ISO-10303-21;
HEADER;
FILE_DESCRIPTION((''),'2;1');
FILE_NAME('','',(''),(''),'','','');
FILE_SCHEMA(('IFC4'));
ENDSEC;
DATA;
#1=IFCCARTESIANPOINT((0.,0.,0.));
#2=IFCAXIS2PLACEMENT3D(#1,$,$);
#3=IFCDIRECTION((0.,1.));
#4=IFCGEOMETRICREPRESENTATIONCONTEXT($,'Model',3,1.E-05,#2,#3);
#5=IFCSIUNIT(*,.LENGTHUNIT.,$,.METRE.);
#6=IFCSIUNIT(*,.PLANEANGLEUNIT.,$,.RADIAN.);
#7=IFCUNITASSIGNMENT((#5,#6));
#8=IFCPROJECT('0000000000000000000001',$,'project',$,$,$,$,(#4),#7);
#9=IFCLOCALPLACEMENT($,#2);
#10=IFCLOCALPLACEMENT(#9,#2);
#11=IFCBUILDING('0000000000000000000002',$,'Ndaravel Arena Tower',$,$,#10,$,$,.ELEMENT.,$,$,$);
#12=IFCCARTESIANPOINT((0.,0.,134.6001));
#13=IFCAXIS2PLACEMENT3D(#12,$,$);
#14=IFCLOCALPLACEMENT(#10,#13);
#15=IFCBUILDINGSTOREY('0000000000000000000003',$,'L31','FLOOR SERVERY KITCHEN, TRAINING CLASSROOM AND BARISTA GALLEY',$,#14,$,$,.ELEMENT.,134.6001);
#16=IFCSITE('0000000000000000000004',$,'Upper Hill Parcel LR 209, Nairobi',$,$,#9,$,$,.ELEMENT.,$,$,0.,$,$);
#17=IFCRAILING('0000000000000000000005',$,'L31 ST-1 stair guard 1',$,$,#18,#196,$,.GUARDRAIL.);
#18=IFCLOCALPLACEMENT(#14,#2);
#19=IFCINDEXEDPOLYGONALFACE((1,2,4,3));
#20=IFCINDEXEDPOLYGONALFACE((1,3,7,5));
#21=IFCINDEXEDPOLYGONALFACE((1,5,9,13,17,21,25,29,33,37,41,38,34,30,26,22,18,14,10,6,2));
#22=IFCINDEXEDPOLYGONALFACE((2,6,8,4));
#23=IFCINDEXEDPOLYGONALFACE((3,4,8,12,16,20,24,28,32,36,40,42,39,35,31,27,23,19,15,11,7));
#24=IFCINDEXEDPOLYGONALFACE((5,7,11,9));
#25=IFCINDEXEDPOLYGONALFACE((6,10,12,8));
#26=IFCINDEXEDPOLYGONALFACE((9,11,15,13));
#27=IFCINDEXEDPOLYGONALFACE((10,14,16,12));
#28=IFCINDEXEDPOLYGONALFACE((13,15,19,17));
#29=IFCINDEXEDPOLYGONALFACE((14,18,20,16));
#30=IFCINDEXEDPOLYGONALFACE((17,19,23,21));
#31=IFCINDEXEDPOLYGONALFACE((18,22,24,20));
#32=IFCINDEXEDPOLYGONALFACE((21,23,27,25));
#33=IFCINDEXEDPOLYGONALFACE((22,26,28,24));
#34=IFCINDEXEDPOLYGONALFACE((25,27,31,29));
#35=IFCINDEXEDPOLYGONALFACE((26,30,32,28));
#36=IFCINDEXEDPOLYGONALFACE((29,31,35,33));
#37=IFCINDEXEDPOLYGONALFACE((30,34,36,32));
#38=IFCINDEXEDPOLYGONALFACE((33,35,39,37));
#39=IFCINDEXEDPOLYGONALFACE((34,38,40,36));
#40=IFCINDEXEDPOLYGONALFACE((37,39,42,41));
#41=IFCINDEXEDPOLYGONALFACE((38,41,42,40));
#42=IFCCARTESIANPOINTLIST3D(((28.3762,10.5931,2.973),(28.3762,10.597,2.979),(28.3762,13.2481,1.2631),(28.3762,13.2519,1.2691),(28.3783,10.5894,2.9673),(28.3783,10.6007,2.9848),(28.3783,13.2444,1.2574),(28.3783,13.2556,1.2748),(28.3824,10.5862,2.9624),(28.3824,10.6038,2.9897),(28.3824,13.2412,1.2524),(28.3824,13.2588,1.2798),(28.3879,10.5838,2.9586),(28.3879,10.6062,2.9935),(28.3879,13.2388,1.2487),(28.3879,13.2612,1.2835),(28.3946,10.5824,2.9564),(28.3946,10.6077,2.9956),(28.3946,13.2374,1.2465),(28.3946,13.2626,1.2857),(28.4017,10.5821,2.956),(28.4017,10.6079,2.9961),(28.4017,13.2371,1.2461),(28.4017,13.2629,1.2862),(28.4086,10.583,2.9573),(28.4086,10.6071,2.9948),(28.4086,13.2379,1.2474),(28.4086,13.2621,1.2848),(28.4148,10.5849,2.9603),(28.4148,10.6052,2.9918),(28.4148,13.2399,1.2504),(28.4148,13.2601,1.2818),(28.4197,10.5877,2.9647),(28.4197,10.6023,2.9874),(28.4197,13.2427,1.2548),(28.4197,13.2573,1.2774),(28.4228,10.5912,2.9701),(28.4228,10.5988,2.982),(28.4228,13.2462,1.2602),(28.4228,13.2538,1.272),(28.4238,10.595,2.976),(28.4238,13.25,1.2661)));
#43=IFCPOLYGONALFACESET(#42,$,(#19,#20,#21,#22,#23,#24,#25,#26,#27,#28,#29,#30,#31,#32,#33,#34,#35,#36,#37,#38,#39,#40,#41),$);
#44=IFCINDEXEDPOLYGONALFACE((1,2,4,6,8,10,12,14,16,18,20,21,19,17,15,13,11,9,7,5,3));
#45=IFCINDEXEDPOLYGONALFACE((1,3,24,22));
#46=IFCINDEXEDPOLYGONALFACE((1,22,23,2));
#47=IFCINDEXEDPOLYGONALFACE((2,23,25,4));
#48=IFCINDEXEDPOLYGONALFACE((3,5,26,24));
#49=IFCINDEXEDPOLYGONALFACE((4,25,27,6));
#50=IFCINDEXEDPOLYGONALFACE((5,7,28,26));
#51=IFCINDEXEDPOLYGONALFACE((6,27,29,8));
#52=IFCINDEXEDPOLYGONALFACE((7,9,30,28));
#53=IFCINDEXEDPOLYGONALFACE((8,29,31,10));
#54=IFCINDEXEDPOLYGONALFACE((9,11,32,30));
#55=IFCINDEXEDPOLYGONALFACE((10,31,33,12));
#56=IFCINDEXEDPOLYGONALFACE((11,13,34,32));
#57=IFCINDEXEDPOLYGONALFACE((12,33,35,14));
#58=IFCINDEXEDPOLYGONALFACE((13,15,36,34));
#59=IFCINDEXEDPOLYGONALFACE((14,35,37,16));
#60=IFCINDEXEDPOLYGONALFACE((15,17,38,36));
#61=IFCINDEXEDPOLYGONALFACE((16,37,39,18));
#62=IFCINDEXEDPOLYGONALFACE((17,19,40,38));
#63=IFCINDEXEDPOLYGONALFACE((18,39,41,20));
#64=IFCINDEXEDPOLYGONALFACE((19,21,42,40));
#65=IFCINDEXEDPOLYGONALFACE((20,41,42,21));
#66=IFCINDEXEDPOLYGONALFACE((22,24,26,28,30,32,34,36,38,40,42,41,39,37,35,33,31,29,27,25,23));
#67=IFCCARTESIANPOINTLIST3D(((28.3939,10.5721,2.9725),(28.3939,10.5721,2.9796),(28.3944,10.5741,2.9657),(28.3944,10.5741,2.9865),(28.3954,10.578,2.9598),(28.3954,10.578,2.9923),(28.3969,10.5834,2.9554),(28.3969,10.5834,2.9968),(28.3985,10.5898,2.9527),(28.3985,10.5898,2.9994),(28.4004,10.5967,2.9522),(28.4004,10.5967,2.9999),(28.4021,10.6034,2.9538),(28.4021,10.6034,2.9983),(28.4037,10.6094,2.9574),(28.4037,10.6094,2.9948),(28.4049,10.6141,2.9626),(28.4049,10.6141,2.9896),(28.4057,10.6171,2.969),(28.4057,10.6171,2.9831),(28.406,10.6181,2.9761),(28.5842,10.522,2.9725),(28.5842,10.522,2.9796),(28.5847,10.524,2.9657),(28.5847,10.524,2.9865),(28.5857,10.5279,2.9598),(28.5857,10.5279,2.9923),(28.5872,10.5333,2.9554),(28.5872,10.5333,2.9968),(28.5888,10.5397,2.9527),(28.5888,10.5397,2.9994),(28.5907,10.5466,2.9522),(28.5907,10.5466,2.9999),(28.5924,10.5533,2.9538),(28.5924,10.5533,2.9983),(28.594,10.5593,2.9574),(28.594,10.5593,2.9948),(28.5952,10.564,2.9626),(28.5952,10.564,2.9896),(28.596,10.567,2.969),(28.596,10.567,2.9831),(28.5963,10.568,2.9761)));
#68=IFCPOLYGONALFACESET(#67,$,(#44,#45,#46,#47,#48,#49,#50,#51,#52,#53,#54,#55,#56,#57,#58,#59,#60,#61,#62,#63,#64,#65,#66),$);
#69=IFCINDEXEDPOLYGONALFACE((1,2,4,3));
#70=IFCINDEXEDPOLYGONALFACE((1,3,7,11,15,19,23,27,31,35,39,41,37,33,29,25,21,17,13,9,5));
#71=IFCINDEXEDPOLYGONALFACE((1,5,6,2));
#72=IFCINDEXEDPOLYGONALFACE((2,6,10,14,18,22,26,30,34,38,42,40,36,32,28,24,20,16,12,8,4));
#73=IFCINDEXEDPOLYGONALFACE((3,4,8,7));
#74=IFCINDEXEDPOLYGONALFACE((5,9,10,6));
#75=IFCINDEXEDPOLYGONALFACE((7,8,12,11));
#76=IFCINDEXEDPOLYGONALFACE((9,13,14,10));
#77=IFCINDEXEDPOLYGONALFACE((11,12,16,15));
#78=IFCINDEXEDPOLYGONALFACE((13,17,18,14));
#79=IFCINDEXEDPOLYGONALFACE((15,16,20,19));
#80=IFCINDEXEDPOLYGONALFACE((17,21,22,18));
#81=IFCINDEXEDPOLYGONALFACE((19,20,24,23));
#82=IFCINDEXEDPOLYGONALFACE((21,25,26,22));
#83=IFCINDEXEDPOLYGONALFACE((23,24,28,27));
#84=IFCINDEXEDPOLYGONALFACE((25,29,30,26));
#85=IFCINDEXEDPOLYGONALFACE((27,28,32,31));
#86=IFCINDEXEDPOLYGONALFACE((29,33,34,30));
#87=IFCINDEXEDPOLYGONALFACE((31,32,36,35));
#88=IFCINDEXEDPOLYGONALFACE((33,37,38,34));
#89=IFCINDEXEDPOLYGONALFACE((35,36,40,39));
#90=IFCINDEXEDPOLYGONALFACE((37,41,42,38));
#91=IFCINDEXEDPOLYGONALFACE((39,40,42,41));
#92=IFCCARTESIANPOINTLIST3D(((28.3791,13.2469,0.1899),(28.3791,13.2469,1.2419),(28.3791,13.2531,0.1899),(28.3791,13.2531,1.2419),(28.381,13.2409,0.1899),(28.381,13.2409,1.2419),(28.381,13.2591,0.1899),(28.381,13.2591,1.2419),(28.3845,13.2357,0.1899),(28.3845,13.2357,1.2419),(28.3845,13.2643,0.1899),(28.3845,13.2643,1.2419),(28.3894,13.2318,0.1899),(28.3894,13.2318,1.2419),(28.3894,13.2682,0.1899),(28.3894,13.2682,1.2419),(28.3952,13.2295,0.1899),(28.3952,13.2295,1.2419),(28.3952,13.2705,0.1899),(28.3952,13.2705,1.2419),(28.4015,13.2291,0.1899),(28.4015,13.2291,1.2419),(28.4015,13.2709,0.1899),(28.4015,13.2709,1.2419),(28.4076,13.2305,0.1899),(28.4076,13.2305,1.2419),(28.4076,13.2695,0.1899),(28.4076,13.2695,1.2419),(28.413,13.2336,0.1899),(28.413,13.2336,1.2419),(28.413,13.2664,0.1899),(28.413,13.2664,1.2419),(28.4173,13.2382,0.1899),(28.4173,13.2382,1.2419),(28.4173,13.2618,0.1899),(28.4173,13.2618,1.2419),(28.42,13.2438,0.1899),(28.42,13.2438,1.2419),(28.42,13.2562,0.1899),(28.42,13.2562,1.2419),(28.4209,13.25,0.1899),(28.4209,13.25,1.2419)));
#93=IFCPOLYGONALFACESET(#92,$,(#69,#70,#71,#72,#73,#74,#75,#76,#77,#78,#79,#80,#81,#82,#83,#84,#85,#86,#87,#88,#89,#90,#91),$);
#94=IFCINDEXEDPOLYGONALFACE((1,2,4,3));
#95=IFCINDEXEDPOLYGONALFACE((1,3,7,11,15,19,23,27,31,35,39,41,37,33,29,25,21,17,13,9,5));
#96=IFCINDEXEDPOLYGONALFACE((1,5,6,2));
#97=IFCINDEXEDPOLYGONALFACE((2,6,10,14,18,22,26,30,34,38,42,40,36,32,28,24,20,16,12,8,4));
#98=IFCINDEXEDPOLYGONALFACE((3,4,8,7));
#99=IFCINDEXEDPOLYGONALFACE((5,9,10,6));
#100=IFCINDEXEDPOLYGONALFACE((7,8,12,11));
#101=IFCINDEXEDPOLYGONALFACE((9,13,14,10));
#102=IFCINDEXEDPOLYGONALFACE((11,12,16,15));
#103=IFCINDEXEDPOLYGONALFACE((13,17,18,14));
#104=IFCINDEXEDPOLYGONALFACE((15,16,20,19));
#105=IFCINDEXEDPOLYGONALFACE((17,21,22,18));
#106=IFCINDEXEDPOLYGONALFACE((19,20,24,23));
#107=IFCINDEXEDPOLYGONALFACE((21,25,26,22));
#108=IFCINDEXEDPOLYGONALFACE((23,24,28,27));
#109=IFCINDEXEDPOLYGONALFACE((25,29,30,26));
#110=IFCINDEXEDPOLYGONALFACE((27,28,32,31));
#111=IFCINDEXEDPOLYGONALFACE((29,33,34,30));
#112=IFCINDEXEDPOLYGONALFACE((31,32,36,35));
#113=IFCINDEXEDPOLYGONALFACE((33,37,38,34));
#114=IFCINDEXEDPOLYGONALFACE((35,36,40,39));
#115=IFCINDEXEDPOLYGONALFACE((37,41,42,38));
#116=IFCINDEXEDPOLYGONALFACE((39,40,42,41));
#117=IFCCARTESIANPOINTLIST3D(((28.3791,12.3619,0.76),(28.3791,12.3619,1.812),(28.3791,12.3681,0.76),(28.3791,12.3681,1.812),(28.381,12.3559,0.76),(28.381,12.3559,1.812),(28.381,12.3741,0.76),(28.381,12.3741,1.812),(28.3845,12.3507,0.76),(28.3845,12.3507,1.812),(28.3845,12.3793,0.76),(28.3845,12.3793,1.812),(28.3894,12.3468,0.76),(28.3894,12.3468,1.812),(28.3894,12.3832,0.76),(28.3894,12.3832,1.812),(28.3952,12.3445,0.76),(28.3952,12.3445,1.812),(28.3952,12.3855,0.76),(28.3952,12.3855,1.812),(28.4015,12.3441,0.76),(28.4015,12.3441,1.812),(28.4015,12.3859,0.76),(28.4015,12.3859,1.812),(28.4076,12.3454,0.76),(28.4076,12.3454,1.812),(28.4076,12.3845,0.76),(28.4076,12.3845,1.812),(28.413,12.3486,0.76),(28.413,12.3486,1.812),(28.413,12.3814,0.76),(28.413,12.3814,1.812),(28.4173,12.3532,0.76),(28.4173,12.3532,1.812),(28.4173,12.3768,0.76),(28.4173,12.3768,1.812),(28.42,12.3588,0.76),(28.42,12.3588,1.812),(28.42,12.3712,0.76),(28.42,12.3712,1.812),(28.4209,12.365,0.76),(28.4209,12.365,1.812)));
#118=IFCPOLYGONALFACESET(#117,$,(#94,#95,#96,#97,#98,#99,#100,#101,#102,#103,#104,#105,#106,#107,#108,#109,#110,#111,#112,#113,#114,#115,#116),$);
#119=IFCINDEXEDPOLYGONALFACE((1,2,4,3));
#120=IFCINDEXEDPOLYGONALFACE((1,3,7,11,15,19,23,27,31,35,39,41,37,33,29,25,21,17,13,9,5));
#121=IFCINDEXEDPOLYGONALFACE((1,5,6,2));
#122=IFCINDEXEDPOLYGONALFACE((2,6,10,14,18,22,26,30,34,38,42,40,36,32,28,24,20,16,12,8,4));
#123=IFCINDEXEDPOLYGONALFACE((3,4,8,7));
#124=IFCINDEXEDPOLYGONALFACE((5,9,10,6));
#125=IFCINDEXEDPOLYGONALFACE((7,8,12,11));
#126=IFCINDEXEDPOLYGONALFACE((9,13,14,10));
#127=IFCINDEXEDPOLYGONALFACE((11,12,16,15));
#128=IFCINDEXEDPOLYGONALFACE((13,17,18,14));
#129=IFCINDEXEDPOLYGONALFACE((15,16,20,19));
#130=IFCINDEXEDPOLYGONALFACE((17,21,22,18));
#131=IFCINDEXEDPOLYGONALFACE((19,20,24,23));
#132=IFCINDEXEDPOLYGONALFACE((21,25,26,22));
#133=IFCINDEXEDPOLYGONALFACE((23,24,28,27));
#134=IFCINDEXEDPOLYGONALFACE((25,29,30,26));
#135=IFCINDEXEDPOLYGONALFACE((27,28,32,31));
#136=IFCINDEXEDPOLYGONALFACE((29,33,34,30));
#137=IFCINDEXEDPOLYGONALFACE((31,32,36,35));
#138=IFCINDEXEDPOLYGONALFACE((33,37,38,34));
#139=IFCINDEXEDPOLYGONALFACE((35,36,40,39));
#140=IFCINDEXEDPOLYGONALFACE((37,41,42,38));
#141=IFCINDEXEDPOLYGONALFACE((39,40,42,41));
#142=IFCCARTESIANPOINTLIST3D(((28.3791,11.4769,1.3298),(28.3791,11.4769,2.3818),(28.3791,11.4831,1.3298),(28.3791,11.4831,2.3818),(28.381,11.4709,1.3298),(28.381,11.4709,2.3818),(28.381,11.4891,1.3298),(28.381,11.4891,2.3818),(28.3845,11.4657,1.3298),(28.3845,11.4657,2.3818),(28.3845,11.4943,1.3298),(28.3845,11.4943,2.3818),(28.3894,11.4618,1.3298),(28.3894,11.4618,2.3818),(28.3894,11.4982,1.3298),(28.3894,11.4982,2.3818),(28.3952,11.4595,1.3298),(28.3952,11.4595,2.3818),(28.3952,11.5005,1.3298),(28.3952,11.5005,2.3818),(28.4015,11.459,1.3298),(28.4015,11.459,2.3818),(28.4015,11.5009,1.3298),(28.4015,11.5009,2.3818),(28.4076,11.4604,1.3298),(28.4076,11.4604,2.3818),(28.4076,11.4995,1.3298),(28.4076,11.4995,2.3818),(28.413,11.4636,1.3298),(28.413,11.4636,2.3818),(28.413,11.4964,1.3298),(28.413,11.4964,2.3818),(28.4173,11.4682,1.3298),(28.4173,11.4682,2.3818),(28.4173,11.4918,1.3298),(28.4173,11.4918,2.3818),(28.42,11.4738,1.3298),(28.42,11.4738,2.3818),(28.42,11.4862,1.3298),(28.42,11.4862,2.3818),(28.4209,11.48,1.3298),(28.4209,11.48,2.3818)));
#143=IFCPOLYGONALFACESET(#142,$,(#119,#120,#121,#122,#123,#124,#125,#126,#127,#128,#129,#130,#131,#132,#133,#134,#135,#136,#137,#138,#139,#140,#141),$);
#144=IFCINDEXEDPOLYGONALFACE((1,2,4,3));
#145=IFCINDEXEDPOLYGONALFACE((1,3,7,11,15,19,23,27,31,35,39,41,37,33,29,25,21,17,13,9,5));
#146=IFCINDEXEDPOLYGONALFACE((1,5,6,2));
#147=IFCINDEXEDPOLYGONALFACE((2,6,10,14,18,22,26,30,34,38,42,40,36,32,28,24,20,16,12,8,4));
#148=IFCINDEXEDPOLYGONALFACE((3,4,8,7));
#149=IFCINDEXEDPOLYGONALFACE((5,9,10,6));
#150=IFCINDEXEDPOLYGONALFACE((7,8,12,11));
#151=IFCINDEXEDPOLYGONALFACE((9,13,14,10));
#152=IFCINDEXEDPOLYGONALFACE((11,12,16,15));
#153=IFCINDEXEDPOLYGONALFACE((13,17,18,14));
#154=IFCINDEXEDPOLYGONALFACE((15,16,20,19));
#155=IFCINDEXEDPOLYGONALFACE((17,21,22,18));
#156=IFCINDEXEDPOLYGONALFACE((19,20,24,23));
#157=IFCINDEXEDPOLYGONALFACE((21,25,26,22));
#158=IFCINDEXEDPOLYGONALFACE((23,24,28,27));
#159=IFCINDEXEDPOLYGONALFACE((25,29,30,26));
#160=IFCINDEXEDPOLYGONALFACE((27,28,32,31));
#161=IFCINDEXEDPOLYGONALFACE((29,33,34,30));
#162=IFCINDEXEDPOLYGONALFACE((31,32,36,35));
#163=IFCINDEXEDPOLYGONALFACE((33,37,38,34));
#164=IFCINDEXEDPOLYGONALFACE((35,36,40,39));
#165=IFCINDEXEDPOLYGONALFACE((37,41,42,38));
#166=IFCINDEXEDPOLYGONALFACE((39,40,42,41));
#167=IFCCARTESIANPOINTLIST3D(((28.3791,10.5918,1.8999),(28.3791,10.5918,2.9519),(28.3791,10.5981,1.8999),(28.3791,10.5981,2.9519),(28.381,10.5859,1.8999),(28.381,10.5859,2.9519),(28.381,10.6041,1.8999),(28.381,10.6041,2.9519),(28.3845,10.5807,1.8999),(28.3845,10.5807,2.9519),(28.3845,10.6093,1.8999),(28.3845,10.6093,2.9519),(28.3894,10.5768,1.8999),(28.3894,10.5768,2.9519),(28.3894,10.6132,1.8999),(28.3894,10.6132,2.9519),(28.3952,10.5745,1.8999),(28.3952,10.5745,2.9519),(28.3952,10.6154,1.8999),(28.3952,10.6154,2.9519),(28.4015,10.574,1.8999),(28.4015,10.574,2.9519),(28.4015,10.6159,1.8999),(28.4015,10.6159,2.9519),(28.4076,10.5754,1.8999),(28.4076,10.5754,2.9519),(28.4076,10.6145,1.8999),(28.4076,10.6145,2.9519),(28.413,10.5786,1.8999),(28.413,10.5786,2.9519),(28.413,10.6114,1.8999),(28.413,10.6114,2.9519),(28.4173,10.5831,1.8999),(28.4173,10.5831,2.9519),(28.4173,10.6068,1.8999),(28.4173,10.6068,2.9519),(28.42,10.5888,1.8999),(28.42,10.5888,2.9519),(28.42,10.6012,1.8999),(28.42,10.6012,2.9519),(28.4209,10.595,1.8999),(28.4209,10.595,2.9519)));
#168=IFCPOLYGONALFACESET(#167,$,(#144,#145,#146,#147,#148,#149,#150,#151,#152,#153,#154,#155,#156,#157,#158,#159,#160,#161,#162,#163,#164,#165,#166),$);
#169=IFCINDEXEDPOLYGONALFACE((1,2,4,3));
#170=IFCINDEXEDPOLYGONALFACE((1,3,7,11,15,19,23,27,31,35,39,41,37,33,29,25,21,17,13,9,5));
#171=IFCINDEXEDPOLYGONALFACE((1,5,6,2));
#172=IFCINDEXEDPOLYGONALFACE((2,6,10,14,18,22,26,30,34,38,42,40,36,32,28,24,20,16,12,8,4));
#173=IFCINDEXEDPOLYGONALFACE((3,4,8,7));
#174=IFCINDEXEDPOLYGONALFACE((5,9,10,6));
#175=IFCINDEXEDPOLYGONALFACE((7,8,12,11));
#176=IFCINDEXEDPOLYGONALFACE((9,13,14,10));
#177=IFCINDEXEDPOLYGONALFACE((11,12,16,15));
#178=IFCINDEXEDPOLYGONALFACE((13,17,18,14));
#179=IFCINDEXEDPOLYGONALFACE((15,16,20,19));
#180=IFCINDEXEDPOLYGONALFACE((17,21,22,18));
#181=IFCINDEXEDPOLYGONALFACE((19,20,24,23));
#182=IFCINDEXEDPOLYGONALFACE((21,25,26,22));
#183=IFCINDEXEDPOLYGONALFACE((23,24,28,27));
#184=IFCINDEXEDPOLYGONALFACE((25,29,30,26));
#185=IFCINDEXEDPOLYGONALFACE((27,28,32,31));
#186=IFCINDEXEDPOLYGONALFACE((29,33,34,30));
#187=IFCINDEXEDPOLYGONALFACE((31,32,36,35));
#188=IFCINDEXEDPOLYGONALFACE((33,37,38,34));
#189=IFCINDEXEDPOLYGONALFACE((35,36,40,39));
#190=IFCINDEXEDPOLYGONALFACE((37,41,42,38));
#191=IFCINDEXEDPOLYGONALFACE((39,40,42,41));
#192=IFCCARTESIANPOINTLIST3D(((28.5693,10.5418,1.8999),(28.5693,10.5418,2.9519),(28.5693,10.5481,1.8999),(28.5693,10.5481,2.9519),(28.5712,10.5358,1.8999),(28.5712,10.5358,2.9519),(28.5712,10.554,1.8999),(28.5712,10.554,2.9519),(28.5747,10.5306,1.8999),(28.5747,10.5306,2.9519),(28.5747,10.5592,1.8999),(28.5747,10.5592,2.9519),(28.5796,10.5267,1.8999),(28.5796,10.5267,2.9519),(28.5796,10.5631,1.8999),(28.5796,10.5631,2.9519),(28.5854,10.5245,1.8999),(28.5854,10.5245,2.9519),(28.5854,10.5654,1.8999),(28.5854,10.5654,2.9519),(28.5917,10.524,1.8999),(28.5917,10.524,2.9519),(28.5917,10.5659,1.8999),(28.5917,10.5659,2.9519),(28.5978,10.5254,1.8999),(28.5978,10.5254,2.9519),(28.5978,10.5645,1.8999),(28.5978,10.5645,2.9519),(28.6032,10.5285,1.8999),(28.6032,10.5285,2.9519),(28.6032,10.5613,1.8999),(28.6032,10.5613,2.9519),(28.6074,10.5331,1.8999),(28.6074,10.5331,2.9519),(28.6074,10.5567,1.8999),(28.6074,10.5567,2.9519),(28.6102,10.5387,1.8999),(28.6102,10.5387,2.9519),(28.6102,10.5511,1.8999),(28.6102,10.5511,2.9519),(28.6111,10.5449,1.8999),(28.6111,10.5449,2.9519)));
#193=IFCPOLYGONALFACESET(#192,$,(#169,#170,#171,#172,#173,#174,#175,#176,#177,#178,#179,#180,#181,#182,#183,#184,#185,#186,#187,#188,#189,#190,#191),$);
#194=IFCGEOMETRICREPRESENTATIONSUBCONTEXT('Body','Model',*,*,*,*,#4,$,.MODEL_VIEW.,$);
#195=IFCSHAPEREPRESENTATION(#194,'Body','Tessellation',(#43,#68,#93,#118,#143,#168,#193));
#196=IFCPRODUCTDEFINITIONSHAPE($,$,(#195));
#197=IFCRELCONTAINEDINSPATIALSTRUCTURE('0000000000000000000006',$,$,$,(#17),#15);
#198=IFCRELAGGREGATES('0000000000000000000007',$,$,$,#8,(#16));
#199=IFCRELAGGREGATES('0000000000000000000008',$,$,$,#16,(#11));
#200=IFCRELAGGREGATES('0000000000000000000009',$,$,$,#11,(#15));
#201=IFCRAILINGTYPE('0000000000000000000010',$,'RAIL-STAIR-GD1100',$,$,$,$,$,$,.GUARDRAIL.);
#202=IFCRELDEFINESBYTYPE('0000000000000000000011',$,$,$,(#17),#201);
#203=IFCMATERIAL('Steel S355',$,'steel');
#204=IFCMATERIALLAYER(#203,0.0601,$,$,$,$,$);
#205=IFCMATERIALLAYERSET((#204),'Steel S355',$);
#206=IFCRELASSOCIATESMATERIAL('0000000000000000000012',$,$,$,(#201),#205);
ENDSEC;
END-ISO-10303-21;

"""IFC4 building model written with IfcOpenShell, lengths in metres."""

from ifc_helpers import new_model, si_unit, direction, frame, origin, origin_2d, place, context, subcontext, project, spatial, circle, extrude, material, layer, layer_set, type_object, element, save


model = new_model("IFC4")

# Units and contexts
model_context = context("Model", 3, precision=1e-05, world=origin(), true_north=direction((0.0, 1.0)))
body_context = subcontext(model_context, "Body", "Model", "MODEL_VIEW")
ifc_project = project(units=[si_unit("LENGTHUNIT", "METRE"), si_unit("PLANEANGLEUNIT", "RADIAN")], contexts=[model_context])

# Site, building, storey
site_placement = place(None, origin())
site = spatial("IfcSite", under=ifc_project, at=site_placement, Name="Upper Hill Parcel LR 209, Nairobi", CompositionType="ELEMENT", RefElevation=0.0)
building_placement = place(site_placement, origin())
building = spatial("IfcBuilding", under=site, at=building_placement, Name="Ndaravel Arena Tower", CompositionType="ELEMENT")
storey_placement = place(building_placement, frame((0.0, 0.0, 134.6001)))
storey = spatial("IfcBuildingStorey", under=building, at=storey_placement, Name="L31", Description="FLOOR SERVERY KITCHEN, TRAINING CLASSROOM AND BARISTA GALLEY", CompositionType="ELEMENT", Elevation=134.6001)

# Railing
ifc_material_1 = material(Name="Steel S355", Category="steel")
ifc_layer_1 = layer(ifc_material_1, 0.0601)
ifc_layer_set_1 = layer_set([ifc_layer_1], Name="Steel S355")
railing_type_1 = type_object("IfcRailingType", Name="RAIL-STAIR-GD1100", PredefinedType="GUARDRAIL", material=ifc_layer_set_1)
railing_1_placement = place(storey_placement, frame((28.3999, 13.25, 0.1899)))
element("IfcRailing", 1, at=railing_1_placement, inside=storey, type_object=railing_type_1, Name="L31 ST-1 stair guard 1", PredefinedType="GUARDRAIL", context=body_context, shape_type="SweptSolid", body=[
    extrude(circle(Radius=0.0239, at=origin_2d()), frame((0.0, 0.0, 1.0762), z_axis=(0.0, -0.840724, 0.541465), x_axis=(1.0, 0.0, 0.0)), (0.0, 0.0, 1.0), 3.158),
    extrude(circle(Radius=0.0239, at=origin_2d()), frame((0.0, -2.655, 2.7861), z_axis=(0.967075, -0.254493, 0.0), x_axis=(0.254493, 0.967075, 0.0)), (0.0, 0.0, 1.0), 0.1968),
    extrude(circle(Radius=0.021, at=origin_2d()), origin(), (0.0, 0.0, 1.0), 1.052),
    extrude(circle(Radius=0.021, at=origin_2d()), frame((0.0, -0.885, 0.5701)), (0.0, 0.0, 1.0), 1.052),
    extrude(circle(Radius=0.021, at=origin_2d()), frame((0.0, -1.77, 1.1399)), (0.0, 0.0, 1.0), 1.052),
    extrude(circle(Radius=0.021, at=origin_2d()), frame((0.0, -2.655, 1.71)), (0.0, 0.0, 1.0), 1.052),
    extrude(circle(Radius=0.021, at=origin_2d()), frame((0.1902, -2.7051, 1.71)), (0.0, 0.0, 1.0), 1.052),
])

save(model, "model.ifc")
